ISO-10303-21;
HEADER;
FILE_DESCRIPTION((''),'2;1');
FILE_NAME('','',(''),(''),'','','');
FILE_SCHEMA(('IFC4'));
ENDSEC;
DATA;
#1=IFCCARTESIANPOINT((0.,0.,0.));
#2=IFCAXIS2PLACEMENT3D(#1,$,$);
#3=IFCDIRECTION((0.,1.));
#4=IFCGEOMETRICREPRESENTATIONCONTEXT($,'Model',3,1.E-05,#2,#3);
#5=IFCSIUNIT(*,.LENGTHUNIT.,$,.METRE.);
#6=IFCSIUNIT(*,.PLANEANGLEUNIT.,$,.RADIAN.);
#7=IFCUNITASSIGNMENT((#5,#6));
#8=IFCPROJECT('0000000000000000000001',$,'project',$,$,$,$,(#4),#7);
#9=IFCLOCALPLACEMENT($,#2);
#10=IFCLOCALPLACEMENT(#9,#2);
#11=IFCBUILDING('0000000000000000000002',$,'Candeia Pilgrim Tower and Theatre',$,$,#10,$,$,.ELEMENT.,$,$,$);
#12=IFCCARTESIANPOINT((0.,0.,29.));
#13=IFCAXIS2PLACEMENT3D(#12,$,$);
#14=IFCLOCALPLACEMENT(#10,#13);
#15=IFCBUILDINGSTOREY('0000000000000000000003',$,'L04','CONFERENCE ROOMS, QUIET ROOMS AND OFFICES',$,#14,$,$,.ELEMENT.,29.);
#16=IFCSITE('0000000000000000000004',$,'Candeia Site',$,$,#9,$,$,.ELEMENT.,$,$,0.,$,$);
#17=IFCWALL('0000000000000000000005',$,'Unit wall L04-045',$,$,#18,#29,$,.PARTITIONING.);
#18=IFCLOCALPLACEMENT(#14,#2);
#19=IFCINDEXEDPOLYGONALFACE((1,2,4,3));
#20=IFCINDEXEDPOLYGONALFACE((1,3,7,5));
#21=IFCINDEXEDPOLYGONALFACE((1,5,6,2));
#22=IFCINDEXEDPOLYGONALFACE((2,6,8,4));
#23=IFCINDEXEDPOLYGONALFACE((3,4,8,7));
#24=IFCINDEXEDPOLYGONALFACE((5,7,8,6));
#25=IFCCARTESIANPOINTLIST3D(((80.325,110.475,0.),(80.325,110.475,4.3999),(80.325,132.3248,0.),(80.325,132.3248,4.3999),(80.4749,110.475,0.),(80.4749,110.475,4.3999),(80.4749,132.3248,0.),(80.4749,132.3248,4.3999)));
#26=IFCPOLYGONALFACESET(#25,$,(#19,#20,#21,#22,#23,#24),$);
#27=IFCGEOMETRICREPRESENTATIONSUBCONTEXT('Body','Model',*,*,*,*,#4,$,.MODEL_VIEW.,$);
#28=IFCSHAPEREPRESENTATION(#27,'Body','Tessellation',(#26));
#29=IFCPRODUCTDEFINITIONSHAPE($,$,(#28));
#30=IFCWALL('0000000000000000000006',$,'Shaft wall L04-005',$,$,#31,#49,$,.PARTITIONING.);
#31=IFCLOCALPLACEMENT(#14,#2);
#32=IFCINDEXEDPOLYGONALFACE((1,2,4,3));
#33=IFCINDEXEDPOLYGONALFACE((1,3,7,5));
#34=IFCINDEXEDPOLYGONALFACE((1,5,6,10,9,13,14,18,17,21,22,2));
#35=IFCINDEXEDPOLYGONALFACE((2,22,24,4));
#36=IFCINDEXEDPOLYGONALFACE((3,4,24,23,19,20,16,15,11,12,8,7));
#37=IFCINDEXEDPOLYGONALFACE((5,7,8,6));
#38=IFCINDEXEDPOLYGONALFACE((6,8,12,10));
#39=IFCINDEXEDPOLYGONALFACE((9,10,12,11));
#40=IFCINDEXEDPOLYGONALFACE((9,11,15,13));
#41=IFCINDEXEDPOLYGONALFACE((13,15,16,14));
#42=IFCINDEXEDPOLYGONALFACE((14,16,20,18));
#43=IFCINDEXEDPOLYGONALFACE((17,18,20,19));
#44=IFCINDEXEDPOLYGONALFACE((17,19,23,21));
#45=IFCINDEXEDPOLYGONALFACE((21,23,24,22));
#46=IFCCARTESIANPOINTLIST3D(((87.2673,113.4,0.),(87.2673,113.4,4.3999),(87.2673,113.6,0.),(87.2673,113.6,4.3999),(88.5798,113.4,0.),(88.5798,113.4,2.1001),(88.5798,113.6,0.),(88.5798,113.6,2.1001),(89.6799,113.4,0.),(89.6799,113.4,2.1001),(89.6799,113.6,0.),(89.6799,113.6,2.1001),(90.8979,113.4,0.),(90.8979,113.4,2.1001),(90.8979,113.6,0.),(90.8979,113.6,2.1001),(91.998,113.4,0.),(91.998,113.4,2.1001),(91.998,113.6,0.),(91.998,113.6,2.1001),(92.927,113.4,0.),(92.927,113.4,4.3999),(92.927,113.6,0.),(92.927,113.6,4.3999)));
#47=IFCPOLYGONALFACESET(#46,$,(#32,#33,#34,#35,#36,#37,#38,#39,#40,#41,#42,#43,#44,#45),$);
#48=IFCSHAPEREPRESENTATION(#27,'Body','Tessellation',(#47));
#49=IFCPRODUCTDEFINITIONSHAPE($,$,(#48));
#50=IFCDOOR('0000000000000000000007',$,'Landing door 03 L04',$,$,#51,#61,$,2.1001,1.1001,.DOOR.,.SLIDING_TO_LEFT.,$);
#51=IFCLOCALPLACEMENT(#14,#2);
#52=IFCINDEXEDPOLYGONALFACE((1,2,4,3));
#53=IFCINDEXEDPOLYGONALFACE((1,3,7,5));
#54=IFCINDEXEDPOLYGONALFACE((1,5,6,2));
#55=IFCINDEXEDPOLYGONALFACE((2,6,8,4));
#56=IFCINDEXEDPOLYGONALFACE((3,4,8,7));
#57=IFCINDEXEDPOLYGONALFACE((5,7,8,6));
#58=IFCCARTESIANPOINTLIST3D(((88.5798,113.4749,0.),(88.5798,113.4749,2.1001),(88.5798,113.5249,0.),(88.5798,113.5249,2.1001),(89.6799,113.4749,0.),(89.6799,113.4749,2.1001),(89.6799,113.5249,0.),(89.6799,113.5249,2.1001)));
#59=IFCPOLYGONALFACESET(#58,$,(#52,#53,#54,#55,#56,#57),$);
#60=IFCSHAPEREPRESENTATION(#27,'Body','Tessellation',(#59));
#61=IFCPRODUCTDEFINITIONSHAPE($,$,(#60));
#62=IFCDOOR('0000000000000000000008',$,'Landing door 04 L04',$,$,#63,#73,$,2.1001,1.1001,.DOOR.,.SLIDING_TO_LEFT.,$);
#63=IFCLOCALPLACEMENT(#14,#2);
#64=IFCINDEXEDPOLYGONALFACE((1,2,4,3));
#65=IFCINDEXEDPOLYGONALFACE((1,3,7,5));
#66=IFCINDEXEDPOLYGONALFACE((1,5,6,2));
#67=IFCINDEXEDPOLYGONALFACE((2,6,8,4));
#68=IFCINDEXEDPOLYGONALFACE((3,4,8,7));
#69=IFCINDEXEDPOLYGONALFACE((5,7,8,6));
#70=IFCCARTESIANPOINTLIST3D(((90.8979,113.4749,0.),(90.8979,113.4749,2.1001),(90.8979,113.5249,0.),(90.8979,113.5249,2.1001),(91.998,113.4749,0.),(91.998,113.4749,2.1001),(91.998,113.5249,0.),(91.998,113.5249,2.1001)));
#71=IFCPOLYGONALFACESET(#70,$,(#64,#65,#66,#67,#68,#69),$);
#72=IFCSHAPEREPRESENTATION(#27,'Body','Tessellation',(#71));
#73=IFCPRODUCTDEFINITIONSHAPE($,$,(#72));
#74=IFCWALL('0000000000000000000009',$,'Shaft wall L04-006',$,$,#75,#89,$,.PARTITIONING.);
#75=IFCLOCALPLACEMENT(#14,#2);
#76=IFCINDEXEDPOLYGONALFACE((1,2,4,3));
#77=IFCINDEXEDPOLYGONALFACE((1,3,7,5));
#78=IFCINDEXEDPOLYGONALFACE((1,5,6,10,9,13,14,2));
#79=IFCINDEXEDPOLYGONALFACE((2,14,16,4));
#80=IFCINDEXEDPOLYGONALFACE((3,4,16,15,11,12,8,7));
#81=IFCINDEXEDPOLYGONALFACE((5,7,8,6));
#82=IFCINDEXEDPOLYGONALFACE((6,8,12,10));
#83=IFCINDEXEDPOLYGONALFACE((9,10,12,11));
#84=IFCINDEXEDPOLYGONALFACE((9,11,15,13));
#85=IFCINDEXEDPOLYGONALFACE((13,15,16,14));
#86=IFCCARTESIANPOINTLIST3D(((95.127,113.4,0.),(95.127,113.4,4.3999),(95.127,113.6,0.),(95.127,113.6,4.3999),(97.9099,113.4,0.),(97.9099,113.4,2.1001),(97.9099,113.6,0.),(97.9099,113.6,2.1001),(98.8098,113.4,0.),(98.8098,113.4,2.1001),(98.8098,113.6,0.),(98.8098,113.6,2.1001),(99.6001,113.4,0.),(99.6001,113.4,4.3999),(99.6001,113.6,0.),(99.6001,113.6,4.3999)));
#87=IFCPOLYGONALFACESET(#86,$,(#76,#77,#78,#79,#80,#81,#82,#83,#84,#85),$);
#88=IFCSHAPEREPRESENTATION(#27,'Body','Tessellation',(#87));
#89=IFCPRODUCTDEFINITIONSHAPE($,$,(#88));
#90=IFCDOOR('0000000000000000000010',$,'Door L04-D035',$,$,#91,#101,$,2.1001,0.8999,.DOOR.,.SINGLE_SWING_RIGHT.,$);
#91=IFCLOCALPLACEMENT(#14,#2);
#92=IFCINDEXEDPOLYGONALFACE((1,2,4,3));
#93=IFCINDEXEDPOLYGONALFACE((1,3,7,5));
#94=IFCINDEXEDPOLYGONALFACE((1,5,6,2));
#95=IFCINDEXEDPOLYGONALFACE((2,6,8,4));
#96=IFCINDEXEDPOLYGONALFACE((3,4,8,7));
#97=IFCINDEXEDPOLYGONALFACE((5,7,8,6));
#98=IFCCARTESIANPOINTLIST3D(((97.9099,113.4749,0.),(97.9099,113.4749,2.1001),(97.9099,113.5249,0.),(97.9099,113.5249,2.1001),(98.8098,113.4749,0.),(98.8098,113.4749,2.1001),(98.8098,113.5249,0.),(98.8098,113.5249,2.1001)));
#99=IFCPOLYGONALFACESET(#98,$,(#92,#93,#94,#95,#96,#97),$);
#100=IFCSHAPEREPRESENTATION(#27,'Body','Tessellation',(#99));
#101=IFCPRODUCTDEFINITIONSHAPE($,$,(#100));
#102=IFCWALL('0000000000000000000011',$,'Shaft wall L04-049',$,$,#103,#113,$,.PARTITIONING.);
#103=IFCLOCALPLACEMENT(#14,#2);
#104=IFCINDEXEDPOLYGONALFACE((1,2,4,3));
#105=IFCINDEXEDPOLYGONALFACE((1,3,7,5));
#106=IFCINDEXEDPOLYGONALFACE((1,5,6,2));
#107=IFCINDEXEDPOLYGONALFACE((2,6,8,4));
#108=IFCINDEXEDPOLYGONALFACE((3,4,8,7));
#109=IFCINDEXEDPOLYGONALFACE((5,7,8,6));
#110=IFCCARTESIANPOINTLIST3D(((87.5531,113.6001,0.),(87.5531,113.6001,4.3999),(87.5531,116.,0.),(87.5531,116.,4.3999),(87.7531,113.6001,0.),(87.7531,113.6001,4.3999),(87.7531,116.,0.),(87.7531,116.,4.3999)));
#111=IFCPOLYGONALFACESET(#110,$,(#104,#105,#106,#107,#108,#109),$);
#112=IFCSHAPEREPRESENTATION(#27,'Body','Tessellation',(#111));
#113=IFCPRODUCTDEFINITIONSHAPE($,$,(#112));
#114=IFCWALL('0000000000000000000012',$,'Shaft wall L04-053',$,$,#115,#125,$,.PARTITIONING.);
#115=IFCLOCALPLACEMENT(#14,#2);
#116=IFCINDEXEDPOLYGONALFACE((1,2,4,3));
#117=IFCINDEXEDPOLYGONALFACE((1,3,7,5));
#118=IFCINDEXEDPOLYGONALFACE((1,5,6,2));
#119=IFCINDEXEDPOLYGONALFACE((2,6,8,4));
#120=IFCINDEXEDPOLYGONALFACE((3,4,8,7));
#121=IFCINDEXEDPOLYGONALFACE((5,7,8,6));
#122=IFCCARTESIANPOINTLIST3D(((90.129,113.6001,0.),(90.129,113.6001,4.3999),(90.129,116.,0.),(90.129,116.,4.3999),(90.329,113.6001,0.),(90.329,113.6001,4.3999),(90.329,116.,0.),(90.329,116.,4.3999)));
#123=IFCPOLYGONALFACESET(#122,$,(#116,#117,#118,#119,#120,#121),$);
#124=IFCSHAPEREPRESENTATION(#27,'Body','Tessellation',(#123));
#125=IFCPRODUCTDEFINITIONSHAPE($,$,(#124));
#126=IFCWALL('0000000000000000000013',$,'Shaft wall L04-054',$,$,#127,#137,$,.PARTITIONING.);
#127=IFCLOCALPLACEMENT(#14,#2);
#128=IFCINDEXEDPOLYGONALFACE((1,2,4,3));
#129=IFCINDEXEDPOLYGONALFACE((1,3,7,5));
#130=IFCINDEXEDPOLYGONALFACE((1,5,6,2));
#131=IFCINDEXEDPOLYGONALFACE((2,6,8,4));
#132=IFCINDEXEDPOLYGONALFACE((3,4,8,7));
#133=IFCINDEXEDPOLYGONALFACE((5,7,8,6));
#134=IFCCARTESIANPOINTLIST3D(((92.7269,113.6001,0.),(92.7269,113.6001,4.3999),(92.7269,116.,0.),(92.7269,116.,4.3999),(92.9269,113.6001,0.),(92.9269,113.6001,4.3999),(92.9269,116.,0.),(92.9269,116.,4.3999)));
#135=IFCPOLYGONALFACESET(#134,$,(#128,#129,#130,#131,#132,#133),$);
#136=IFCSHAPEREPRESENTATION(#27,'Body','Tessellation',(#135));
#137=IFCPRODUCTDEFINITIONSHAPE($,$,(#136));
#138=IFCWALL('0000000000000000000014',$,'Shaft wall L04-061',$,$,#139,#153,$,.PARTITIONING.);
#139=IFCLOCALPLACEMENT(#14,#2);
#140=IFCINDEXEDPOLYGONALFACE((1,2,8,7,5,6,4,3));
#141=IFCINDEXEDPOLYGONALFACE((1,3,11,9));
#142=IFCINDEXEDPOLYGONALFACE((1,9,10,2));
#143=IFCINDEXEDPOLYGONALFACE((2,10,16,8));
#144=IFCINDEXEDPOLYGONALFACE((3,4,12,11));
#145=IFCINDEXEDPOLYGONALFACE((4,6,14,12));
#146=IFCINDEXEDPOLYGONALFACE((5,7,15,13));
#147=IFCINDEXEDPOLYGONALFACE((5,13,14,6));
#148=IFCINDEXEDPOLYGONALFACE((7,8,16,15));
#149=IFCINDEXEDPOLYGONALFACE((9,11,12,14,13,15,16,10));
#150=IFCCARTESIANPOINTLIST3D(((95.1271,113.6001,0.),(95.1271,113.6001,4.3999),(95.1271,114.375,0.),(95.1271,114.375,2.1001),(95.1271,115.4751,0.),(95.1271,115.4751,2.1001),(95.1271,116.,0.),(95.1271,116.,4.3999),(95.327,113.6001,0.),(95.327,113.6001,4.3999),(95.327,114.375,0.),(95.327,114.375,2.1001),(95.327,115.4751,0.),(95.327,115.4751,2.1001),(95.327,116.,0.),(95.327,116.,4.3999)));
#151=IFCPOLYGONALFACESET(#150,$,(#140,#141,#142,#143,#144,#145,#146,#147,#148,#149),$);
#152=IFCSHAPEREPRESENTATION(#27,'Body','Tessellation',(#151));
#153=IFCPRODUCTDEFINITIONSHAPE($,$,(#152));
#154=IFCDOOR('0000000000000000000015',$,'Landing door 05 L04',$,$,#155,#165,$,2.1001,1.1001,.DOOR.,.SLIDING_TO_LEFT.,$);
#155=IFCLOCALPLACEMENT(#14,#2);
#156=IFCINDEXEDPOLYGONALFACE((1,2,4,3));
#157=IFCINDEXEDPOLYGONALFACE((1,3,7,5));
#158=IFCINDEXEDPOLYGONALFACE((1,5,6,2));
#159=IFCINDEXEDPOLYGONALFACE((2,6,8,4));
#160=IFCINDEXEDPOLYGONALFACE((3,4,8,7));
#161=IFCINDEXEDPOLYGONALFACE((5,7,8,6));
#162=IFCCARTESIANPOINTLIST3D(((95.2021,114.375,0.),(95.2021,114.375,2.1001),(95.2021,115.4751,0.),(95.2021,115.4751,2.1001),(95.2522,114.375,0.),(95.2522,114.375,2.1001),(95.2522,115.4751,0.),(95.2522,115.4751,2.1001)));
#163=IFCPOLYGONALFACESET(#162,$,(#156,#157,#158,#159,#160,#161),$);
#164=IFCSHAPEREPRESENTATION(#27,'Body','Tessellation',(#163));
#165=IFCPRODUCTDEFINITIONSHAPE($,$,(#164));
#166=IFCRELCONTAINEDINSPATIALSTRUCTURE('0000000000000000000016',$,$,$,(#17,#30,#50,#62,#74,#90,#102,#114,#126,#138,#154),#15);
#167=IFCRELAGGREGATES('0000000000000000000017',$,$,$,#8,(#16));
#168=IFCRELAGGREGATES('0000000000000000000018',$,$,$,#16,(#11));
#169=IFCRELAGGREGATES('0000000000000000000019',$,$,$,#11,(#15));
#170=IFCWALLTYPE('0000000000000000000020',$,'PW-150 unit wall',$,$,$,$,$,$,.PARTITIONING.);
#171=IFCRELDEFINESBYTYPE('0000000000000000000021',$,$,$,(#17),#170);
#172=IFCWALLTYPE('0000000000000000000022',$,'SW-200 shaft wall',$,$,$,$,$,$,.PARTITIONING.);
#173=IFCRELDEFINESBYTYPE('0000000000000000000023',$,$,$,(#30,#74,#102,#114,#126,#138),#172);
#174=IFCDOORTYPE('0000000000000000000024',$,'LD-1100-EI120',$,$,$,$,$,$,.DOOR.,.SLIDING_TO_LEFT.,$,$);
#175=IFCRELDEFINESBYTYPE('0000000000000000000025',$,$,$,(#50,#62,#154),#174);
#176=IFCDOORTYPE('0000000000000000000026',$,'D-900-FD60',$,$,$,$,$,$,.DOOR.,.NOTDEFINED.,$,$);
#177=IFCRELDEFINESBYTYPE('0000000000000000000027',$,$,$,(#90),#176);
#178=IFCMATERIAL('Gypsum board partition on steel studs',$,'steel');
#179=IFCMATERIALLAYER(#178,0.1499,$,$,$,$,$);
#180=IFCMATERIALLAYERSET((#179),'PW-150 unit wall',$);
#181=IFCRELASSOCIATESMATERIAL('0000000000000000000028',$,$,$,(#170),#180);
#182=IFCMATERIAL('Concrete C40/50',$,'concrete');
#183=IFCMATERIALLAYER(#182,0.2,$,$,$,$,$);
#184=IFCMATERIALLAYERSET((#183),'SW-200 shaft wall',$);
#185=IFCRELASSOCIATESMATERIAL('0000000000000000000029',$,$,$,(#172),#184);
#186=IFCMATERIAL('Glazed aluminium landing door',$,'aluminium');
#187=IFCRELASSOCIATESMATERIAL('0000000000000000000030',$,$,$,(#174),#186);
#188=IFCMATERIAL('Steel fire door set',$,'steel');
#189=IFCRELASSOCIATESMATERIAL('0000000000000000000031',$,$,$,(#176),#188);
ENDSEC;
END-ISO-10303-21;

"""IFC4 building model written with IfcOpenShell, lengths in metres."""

from ifc_helpers import new_model, si_unit, direction, frame, frame_2d, origin, place, context, subcontext, project, spatial, rectangle, extrude, material, layer, layer_set, type_object, element, fill, save


model = new_model("IFC4")

# Units and contexts
model_context = context("Model", 3, precision=1e-05, world=origin(), true_north=direction((0.0, 1.0)))
body_context = subcontext(model_context, "Body", "Model", "MODEL_VIEW")
ifc_project = project(units=[si_unit("LENGTHUNIT", "METRE"), si_unit("PLANEANGLEUNIT", "RADIAN")], contexts=[model_context])

# Site, building, storey
site_placement = place(None, origin())
site = spatial("IfcSite", under=ifc_project, at=site_placement, Name="Candeia Site", CompositionType="ELEMENT", RefElevation=0.0)
building_placement = place(site_placement, origin())
building = spatial("IfcBuilding", under=site, at=building_placement, Name="Candeia Pilgrim Tower and Theatre", CompositionType="ELEMENT")
storey_placement = place(building_placement, frame((0.0, 0.0, 29.0)))
storey = spatial("IfcBuildingStorey", under=building, at=storey_placement, Name="L04", Description="CONFERENCE ROOMS, QUIET ROOMS AND OFFICES", CompositionType="ELEMENT", Elevation=29.0)

# Shared definitions
ifc_material_1 = material(Name="Gypsum board partition on steel studs", Category="steel")
ifc_material_2 = material(Name="Steel fire door set", Category="steel")

# Wall
ifc_layer_1 = layer(ifc_material_1, 0.1499)
ifc_layer_set_1 = layer_set([ifc_layer_1], Name="PW-150 unit wall")
wall_type_1 = type_object("IfcWallType", Name="PW-150 unit wall", PredefinedType="PARTITIONING", material=ifc_layer_set_1)
wall_1_placement = place(storey_placement, frame((80.3999, 110.4751, 0.0), z_axis=(0.0, 0.0, 1.0), x_axis=(0.0, 1.0, 0.0)))
element("IfcWall", 1, at=wall_1_placement, inside=storey, type_object=wall_type_1, Name="Unit wall L04-045", PredefinedType="PARTITIONING", context=body_context, shape_type="SweptSolid", body=[
    extrude(rectangle(XDim=21.8499, YDim=0.1499, at=frame_2d((10.9248, 0.0))), origin(), (0.0, 0.0, 1.0), 4.3999),
])

# Wall, openings, doors
ifc_material_3 = material(Name="Concrete C40/50", Category="concrete")
ifc_layer_2 = layer(ifc_material_3, 0.2)
ifc_layer_set_2 = layer_set([ifc_layer_2], Name="SW-200 shaft wall")
wall_type_2 = type_object("IfcWallType", Name="SW-200 shaft wall", PredefinedType="PARTITIONING", material=ifc_layer_set_2)
wall_2_placement = place(storey_placement, frame((87.2673, 113.5, 0.0), z_axis=(0.0, 0.0, 1.0), x_axis=(1.0, 0.0, 0.0)))
wall_2 = element("IfcWall", 2, at=wall_2_placement, inside=storey, type_object=wall_type_2, Name="Shaft wall L04-005", PredefinedType="PARTITIONING", context=body_context, shape_type="SweptSolid", body=[
    extrude(rectangle(XDim=5.6597, YDim=0.2, at=frame_2d((2.8298, 0.0))), origin(), (0.0, 0.0, 1.0), 4.3999),
])
opening_1_placement = place(wall_2_placement, frame((1.3125, 0.0, 0.0)))
opening_1 = element("IfcOpeningElement", 3, at=opening_1_placement, cuts=wall_2, PredefinedType="OPENING", context=body_context, shape_type="SweptSolid", body=[
    extrude(rectangle(XDim=1.1001, YDim=2.1001, at=frame_2d((0.55, 1.05))), frame((0.0, 0.1099, 0.0), z_axis=(0.0, -1.0, 0.0), x_axis=(1.0, 0.0, 0.0)), (0.0, 0.0, 1.0), 0.22),
])
opening_2_placement = place(wall_2_placement, frame((3.6306, 0.0, 0.0)))
opening_2 = element("IfcOpeningElement", 4, at=opening_2_placement, cuts=wall_2, PredefinedType="OPENING", context=body_context, shape_type="SweptSolid", body=[
    extrude(rectangle(XDim=1.1001, YDim=2.1001, at=frame_2d((0.55, 1.05))), frame((0.0, 0.1099, 0.0), z_axis=(0.0, -1.0, 0.0), x_axis=(1.0, 0.0, 0.0)), (0.0, 0.0, 1.0), 0.22),
])
ifc_material_4 = material(Name="Glazed aluminium landing door", Category="aluminium")
door_type_1 = type_object("IfcDoorType", Name="LD-1100-EI120", OperationType="SLIDING_TO_LEFT", PredefinedType="DOOR", material=ifc_material_4)
door_1_placement = place(opening_1_placement, origin())
door_1 = element("IfcDoor", 5, at=door_1_placement, inside=storey, type_object=door_type_1, Name="Landing door 03 L04", OperationType="SLIDING_TO_LEFT", OverallHeight=2.1001, OverallWidth=1.1001, PredefinedType="DOOR", context=body_context, shape_type="SweptSolid", body=[
    extrude(rectangle(XDim=1.1001, YDim=2.1001, at=frame_2d((0.55, 1.05))), frame((0.0, 0.0249, 0.0), z_axis=(0.0, -1.0, 0.0), x_axis=(1.0, 0.0, 0.0)), (0.0, 0.0, 1.0), 0.05),
])
fill(opening_1, door_1)
door_2_placement = place(opening_2_placement, origin())
door_2 = element("IfcDoor", 6, at=door_2_placement, inside=storey, type_object=door_type_1, Name="Landing door 04 L04", OperationType="SLIDING_TO_LEFT", OverallHeight=2.1001, OverallWidth=1.1001, PredefinedType="DOOR", context=body_context, shape_type="SweptSolid", body=[
    extrude(rectangle(XDim=1.1001, YDim=2.1001, at=frame_2d((0.55, 1.05))), frame((0.0, 0.0249, 0.0), z_axis=(0.0, -1.0, 0.0), x_axis=(1.0, 0.0, 0.0)), (0.0, 0.0, 1.0), 0.05),
])
fill(opening_2, door_2)

# Wall, opening, door
wall_3_placement = place(storey_placement, frame((95.127, 113.5, 0.0), z_axis=(0.0, 0.0, 1.0), x_axis=(1.0, 0.0, 0.0)))
wall_3 = element("IfcWall", 7, at=wall_3_placement, inside=storey, type_object=wall_type_2, Name="Shaft wall L04-006", PredefinedType="PARTITIONING", context=body_context, shape_type="SweptSolid", body=[
    extrude(rectangle(XDim=4.4731, YDim=0.2, at=frame_2d((2.2366, 0.0))), origin(), (0.0, 0.0, 1.0), 4.3999),
])
opening_3_placement = place(wall_3_placement, frame((2.783, 0.0, 0.0)))
opening_3 = element("IfcOpeningElement", 8, at=opening_3_placement, cuts=wall_3, PredefinedType="OPENING", context=body_context, shape_type="SweptSolid", body=[
    extrude(rectangle(XDim=0.8999, YDim=2.1001, at=frame_2d((0.45, 1.05))), frame((0.0, 0.1099, 0.0), z_axis=(0.0, -1.0, 0.0), x_axis=(1.0, 0.0, 0.0)), (0.0, 0.0, 1.0), 0.22),
])
door_type_2 = type_object("IfcDoorType", Name="D-900-FD60", OperationType="NOTDEFINED", PredefinedType="DOOR", material=ifc_material_2)
door_3_placement = place(opening_3_placement, origin())
door_3 = element("IfcDoor", 9, at=door_3_placement, inside=storey, type_object=door_type_2, Name="Door L04-D035", OperationType="SINGLE_SWING_RIGHT", OverallHeight=2.1001, OverallWidth=0.8999, PredefinedType="DOOR", context=body_context, shape_type="SweptSolid", body=[
    extrude(rectangle(XDim=0.8999, YDim=2.1001, at=frame_2d((0.45, 1.05))), frame((0.0, 0.0249, 0.0), z_axis=(0.0, -1.0, 0.0), x_axis=(1.0, 0.0, 0.0)), (0.0, 0.0, 1.0), 0.05),
])
fill(opening_3, door_3)

# Walls
for number, where, z_axis, x_axis, name in (
    (10, (87.6531, 113.6001, 0.0), (0.0, 0.0, 1.0), (0.0, 1.0, 0.0), "Shaft wall L04-049"),
    (11, (90.229, 113.6001, 0.0), (0.0, 0.0, 1.0), (0.0, 1.0, 0.0), "Shaft wall L04-053"),
    (12, (92.8269, 113.6001, 0.0), (0.0, 0.0, 1.0), (0.0, 1.0, 0.0), "Shaft wall L04-054"),
):
    element("IfcWall", number, at=place(storey_placement, frame(where, z_axis=z_axis, x_axis=x_axis)), inside=storey, type_object=wall_type_2, Name=name, PredefinedType="PARTITIONING", context=body_context, shape_type="SweptSolid", body=[
        extrude(rectangle(XDim=2.3999, YDim=0.2, at=frame_2d((1.2, 0.0))), origin(), (0.0, 0.0, 1.0), 4.3999),
    ])

# Wall, opening, door
wall_4_placement = place(storey_placement, frame((95.2271, 113.6001, 0.0), z_axis=(0.0, 0.0, 1.0), x_axis=(0.0, 1.0, 0.0)))
wall_4 = element("IfcWall", 13, at=wall_4_placement, inside=storey, type_object=wall_type_2, Name="Shaft wall L04-061", PredefinedType="PARTITIONING", context=body_context, shape_type="SweptSolid", body=[
    extrude(rectangle(XDim=2.3999, YDim=0.2, at=frame_2d((1.2, 0.0))), origin(), (0.0, 0.0, 1.0), 4.3999),
])
opening_4_placement = place(wall_4_placement, frame((0.7749, 0.0, 0.0)))
opening_4 = element("IfcOpeningElement", 14, at=opening_4_placement, cuts=wall_4, PredefinedType="OPENING", context=body_context, shape_type="SweptSolid", body=[
    extrude(rectangle(XDim=1.1001, YDim=2.1001, at=frame_2d((0.55, 1.05))), frame((0.0, 0.1099, 0.0), z_axis=(0.0, -1.0, 0.0), x_axis=(1.0, 0.0, 0.0)), (0.0, 0.0, 1.0), 0.22),
])
door_4_placement = place(opening_4_placement, origin())
door_4 = element("IfcDoor", 15, at=door_4_placement, inside=storey, type_object=door_type_1, Name="Landing door 05 L04", OperationType="SLIDING_TO_LEFT", OverallHeight=2.1001, OverallWidth=1.1001, PredefinedType="DOOR", context=body_context, shape_type="SweptSolid", body=[
    extrude(rectangle(XDim=1.1001, YDim=2.1001, at=frame_2d((0.55, 1.05))), frame((0.0, 0.0249, 0.0), z_axis=(0.0, -1.0, 0.0), x_axis=(1.0, 0.0, 0.0)), (0.0, 0.0, 1.0), 0.05),
])
fill(opening_4, door_4)

save(model, "model.ifc")
